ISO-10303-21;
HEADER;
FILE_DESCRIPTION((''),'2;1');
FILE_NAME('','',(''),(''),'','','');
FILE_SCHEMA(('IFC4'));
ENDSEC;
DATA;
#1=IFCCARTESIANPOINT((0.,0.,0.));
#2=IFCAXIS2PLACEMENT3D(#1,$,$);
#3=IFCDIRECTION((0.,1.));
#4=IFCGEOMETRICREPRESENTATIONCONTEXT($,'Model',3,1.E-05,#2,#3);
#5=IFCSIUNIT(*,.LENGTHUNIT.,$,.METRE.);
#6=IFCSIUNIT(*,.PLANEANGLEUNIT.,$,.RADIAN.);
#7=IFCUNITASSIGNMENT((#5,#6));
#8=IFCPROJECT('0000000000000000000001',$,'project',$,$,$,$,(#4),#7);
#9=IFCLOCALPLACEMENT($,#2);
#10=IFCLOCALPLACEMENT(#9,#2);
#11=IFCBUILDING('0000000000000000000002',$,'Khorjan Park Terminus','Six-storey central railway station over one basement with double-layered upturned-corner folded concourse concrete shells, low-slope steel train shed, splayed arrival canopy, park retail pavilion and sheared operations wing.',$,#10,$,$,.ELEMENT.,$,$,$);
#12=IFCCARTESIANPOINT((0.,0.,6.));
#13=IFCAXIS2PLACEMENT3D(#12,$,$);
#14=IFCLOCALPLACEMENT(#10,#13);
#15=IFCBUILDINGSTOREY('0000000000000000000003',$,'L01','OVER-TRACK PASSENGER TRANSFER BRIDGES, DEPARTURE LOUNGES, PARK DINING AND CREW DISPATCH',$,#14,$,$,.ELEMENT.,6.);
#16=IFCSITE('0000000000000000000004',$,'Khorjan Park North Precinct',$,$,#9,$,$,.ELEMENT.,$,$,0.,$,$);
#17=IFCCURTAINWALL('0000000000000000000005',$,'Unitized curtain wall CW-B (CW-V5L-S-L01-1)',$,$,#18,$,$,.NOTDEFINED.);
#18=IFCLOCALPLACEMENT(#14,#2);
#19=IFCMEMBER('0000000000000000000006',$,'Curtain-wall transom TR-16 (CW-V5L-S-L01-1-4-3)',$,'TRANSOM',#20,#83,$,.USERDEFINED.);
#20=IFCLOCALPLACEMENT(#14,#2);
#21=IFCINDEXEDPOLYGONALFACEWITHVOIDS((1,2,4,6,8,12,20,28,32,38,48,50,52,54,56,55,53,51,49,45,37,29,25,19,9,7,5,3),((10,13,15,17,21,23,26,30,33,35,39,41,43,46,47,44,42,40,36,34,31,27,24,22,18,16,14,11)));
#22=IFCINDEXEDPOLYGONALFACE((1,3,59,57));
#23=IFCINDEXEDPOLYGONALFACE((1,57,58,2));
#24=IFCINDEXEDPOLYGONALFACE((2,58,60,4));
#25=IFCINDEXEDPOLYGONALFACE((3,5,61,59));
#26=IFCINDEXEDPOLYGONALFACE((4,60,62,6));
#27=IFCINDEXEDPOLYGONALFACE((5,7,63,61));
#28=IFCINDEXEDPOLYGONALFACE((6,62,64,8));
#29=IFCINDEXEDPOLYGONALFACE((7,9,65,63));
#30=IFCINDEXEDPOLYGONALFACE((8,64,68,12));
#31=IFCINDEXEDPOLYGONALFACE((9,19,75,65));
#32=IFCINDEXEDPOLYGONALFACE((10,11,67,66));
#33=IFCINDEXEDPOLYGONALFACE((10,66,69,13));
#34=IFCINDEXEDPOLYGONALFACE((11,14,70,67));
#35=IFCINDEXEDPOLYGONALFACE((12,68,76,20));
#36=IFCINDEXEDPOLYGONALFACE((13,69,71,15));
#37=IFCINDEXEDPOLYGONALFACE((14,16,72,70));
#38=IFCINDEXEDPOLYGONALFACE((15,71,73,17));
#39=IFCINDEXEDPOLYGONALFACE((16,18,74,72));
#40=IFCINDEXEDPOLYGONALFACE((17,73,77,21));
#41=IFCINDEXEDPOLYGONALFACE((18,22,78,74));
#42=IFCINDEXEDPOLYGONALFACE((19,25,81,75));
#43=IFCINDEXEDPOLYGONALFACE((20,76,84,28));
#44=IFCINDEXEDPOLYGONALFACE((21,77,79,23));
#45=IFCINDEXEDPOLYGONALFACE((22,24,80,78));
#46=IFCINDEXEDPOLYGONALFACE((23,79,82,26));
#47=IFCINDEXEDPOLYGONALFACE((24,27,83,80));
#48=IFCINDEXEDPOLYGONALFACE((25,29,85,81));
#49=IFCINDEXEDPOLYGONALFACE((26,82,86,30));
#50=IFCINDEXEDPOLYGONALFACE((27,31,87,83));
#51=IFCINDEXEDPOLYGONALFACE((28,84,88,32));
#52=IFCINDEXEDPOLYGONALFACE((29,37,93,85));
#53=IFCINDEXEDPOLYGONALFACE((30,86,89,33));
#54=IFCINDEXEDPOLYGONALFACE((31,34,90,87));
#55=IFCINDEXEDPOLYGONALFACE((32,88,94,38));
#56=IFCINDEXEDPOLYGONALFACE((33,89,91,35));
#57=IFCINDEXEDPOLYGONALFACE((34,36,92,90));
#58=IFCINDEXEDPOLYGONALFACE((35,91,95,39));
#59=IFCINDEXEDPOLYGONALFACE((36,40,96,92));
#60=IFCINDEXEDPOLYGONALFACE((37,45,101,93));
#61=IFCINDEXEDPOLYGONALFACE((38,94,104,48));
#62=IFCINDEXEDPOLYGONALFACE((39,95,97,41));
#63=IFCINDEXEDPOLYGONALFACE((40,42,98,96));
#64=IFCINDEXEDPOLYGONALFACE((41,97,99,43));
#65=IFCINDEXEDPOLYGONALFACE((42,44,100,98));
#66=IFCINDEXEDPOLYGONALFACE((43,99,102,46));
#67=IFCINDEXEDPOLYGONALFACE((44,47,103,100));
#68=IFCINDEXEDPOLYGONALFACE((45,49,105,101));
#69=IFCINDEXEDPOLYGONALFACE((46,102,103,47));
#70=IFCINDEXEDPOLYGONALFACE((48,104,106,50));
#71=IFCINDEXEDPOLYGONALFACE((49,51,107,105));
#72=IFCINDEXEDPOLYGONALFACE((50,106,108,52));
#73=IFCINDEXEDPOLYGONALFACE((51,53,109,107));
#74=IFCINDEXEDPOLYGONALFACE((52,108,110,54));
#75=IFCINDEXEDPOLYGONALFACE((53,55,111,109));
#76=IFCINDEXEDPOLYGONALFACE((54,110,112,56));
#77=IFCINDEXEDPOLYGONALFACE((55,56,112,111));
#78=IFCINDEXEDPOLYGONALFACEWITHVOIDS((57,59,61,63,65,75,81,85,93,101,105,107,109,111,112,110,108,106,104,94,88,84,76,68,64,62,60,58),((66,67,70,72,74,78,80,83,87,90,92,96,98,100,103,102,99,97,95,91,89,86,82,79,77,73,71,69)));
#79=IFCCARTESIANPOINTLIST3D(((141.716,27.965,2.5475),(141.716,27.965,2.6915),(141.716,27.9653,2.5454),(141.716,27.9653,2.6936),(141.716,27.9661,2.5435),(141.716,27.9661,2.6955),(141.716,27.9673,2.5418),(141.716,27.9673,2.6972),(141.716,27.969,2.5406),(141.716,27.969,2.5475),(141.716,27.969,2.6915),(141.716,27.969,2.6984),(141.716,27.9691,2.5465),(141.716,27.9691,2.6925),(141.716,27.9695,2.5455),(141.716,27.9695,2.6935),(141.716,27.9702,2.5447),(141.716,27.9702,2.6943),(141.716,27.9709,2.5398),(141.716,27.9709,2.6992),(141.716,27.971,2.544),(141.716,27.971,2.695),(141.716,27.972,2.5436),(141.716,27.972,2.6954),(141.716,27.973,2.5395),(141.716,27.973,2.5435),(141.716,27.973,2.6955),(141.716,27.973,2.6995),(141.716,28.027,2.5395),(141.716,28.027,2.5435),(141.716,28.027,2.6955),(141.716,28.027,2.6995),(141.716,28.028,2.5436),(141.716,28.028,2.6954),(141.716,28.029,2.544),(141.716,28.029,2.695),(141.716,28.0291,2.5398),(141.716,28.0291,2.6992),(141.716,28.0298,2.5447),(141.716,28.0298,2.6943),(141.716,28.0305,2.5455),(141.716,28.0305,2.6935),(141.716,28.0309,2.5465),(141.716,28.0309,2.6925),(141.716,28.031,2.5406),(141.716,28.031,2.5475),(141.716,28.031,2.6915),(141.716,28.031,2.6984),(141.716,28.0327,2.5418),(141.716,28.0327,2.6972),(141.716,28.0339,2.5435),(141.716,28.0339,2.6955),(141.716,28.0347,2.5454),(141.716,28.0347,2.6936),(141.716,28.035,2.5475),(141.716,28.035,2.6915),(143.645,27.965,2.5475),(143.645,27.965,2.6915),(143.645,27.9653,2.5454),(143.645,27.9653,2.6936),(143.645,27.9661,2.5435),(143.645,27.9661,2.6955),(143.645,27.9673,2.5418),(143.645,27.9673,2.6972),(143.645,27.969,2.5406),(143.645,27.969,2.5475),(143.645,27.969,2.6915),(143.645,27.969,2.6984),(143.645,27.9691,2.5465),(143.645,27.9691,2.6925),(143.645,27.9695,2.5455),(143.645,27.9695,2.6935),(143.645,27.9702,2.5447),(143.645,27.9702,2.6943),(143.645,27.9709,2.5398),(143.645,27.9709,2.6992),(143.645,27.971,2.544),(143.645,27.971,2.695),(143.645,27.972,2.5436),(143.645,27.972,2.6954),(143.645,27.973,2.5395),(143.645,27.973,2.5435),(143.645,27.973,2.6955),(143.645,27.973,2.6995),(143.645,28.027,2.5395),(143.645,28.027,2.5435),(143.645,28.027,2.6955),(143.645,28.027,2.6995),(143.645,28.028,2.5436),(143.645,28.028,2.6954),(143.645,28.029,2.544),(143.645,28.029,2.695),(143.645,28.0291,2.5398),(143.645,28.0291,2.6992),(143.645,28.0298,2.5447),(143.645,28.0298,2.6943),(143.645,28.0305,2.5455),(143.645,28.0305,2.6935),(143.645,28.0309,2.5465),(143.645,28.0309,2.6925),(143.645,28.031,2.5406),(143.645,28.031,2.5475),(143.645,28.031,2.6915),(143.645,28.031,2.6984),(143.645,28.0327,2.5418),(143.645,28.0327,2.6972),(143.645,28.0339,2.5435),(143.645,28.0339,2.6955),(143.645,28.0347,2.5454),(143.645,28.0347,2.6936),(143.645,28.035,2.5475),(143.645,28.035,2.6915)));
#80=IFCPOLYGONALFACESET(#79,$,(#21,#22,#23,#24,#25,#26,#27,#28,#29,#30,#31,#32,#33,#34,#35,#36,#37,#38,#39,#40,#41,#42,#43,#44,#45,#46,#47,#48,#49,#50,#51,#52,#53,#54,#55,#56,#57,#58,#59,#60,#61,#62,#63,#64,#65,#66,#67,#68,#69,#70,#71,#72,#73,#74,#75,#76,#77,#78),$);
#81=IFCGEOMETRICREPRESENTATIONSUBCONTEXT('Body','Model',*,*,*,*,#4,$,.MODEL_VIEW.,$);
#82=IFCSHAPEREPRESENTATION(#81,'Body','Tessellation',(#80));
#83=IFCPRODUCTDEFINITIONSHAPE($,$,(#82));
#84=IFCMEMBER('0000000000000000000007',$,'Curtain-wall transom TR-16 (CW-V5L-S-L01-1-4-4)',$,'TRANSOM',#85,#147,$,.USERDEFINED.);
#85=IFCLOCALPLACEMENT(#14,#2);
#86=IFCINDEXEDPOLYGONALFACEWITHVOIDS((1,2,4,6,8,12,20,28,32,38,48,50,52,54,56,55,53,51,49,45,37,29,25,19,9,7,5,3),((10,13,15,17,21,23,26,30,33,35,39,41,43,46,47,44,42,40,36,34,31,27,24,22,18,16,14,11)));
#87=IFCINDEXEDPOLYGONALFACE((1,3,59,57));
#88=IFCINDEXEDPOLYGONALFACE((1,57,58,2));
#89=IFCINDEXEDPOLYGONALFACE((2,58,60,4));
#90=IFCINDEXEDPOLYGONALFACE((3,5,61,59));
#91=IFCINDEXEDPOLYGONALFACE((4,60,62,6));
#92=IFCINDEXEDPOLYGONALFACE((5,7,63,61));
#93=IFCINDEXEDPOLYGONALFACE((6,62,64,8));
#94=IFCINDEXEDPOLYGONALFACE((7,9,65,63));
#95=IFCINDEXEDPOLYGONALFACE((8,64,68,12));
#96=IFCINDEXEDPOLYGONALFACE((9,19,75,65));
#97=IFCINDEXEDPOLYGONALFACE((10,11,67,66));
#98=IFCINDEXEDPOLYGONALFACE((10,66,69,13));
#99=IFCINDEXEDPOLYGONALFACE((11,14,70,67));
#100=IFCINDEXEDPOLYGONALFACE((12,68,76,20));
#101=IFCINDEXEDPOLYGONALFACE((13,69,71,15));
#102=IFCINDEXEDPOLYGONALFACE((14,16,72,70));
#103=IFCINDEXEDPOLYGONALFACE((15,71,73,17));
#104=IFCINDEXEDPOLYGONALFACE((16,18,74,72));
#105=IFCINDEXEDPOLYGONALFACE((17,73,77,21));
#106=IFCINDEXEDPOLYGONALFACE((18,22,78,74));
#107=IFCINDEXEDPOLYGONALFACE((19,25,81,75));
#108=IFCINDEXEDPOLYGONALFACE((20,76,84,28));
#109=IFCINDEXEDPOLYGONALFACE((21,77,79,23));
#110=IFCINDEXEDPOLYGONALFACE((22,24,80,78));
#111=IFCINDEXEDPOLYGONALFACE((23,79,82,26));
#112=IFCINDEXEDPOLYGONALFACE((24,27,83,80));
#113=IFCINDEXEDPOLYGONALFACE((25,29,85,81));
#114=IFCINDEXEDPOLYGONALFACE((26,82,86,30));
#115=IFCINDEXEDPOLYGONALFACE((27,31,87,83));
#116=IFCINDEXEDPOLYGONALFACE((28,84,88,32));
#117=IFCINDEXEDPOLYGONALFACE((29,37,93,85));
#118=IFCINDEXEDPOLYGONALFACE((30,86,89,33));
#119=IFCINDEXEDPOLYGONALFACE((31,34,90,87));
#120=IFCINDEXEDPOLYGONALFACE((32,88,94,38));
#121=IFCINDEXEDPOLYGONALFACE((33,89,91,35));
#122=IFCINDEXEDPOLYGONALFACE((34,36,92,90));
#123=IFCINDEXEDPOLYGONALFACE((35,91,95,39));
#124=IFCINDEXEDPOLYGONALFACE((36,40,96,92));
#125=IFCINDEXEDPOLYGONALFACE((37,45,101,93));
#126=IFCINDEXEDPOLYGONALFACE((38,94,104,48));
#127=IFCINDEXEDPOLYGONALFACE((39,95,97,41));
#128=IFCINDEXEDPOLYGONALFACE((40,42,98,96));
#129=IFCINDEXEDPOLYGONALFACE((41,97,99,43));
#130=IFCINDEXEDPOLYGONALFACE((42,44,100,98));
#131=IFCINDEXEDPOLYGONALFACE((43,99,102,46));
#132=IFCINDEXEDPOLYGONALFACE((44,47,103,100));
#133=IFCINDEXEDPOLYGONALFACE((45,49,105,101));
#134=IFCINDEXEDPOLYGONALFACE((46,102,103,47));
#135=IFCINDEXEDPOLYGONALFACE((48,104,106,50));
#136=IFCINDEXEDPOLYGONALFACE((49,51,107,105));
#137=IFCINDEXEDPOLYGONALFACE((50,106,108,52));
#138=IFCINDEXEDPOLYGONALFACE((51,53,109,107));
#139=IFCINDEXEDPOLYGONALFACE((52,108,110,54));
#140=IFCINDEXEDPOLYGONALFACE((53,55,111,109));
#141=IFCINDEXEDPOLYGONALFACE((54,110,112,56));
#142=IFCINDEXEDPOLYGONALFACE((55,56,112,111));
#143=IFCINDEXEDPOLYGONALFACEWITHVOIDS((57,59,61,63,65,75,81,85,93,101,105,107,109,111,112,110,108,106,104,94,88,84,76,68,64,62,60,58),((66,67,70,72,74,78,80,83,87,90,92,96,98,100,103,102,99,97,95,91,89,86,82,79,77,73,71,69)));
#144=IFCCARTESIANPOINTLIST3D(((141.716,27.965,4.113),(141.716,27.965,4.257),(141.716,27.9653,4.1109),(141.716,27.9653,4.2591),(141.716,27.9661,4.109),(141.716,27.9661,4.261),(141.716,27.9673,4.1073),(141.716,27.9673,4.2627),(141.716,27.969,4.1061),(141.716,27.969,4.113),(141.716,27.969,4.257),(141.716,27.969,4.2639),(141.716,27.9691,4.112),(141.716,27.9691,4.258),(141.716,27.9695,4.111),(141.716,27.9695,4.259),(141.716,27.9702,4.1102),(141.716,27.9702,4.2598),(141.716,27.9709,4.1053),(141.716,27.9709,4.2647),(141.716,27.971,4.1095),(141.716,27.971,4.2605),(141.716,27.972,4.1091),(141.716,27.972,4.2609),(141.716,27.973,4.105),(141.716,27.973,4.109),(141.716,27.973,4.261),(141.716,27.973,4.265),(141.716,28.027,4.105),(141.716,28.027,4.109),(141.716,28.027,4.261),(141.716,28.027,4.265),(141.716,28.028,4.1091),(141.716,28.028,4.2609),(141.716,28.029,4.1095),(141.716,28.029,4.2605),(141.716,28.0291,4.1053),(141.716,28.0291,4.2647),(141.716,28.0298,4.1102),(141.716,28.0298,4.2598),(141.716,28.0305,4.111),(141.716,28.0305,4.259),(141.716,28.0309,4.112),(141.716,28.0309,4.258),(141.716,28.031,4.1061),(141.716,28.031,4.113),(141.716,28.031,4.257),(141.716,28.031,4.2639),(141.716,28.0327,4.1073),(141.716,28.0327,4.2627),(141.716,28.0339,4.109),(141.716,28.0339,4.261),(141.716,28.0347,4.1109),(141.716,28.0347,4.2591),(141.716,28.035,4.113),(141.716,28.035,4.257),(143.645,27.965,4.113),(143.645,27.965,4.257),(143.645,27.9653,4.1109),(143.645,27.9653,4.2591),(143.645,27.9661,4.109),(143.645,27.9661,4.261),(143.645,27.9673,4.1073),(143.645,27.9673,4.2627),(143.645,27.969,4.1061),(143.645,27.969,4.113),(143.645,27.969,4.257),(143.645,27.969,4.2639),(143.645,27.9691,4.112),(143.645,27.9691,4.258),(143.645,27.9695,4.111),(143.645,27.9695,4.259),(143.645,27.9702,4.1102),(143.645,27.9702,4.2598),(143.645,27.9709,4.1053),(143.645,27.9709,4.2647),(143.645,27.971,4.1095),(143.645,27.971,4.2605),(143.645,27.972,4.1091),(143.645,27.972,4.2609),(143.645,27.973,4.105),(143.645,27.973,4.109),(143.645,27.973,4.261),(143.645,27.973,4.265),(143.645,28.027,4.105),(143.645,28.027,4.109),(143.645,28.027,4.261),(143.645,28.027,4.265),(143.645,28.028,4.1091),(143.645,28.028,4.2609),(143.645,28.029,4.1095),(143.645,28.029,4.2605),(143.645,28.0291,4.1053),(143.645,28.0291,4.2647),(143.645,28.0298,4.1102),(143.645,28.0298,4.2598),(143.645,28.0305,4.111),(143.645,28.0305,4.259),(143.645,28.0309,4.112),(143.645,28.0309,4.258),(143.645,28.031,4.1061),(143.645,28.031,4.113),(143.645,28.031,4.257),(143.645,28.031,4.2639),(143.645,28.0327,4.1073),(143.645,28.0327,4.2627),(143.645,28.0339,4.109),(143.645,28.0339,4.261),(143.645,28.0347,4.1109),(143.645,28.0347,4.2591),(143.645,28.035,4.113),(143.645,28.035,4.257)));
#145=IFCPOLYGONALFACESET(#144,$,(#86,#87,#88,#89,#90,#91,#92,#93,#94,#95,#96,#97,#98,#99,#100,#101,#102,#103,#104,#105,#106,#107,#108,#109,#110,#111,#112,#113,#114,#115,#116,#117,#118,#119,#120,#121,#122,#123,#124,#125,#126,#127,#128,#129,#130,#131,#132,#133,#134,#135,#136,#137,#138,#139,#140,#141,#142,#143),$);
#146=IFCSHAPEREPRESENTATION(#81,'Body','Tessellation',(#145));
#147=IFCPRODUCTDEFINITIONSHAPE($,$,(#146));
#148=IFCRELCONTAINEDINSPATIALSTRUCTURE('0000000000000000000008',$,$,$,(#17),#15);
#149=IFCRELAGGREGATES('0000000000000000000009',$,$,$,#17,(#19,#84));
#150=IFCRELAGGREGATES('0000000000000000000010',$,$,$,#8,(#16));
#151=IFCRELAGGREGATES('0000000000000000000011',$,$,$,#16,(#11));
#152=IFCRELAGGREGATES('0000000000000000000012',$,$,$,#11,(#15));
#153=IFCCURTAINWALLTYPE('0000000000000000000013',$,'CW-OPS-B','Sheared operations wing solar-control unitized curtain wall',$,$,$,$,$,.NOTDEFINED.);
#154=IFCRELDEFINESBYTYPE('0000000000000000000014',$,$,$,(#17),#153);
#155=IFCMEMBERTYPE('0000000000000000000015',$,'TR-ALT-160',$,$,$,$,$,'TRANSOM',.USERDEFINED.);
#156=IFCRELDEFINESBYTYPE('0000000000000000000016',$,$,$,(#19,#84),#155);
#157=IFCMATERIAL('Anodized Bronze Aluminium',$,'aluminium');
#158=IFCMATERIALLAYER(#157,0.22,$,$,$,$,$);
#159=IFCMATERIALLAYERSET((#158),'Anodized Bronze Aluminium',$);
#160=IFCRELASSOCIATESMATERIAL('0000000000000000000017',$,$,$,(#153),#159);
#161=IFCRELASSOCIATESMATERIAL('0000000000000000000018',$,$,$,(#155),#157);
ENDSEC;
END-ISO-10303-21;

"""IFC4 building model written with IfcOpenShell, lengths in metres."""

from ifc_helpers import new_model, si_unit, direction, frame, origin, origin_2d, place, context, subcontext, project, spatial, hollow_rectangle, extrude, material, layer, layer_set, material_profile, profile_set, type_object, element, aggregate, save


model = new_model("IFC4")

# Units and contexts
model_context = context("Model", 3, precision=1e-05, world=origin(), true_north=direction((0.0, 1.0)))
body_context = subcontext(model_context, "Body", "Model", "MODEL_VIEW")
ifc_project = project(units=[si_unit("LENGTHUNIT", "METRE"), si_unit("PLANEANGLEUNIT", "RADIAN")], contexts=[model_context])

# Site, building, storey
site_placement = place(None, origin())
site = spatial("IfcSite", under=ifc_project, at=site_placement, Name="Khorjan Park North Precinct", CompositionType="ELEMENT", RefElevation=0.0)
building_placement = place(site_placement, origin())
building = spatial("IfcBuilding", under=site, at=building_placement, Name="Khorjan Park Terminus", Description="Six-storey central railway station over one basement with double-layered upturned-corner folded concourse concrete shells, low-slope steel train shed, splayed arrival canopy, park retail pavilion and sheared operations wing.", CompositionType="ELEMENT")
storey_placement = place(building_placement, frame((0.0, 0.0, 6.0)))
storey = spatial("IfcBuildingStorey", under=building, at=storey_placement, Name="L01", Description="OVER-TRACK PASSENGER TRANSFER BRIDGES, DEPARTURE LOUNGES, PARK DINING AND CREW DISPATCH", CompositionType="ELEMENT", Elevation=6.0)

# Curtain wall
ifc_material_1 = material(Name="Anodized Bronze Aluminium", Category="aluminium")
ifc_layer_1 = layer(ifc_material_1, 0.22)
ifc_layer_set_1 = layer_set([ifc_layer_1], Name="Anodized Bronze Aluminium")
curtain_wall_type = type_object("IfcCurtainWallType", Name="CW-OPS-B", Description="Sheared operations wing solar-control unitized curtain wall", PredefinedType="NOTDEFINED", material=ifc_layer_set_1)
curtain_wall_1_placement = place(storey_placement, origin())
curtain_wall_1 = element("IfcCurtainWall", 1, at=curtain_wall_1_placement, inside=storey, type_object=curtain_wall_type, Name="Unitized curtain wall CW-B (CW-V5L-S-L01-1)", PredefinedType="NOTDEFINED")

# Members
ifc_material_profile_1 = material_profile(ifc_material_1, hollow_rectangle(XDim=0.07, YDim=0.16, WallThickness=0.004, InnerFilletRadius=0.004, OuterFilletRadius=0.008, at=origin_2d()), Name="ALT 70x160x4")
ifc_profile_set_1 = profile_set([ifc_material_profile_1], Name="Anodized Bronze Aluminium")
member_type_1 = type_object("IfcMemberType", Name="TR-ALT-160", ElementType="TRANSOM", PredefinedType="USERDEFINED", material=ifc_profile_set_1)
member_1_placement = place(storey_placement, frame((141.716, 28.0, 2.6195), z_axis=(1.0, 0.0, 0.0), x_axis=(0.0, 1.0, 0.0)))
member_1 = element("IfcMember", 2, at=member_1_placement, type_object=member_type_1, Name="Curtain-wall transom TR-16 (CW-V5L-S-L01-1-4-3)", ObjectType="TRANSOM", PredefinedType="USERDEFINED", context=body_context, shape_type="SweptSolid", body=[
    extrude(hollow_rectangle(XDim=0.07, YDim=0.16, WallThickness=0.004, InnerFilletRadius=0.004, OuterFilletRadius=0.008, at=origin_2d()), origin(), (0.0, 0.0, 1.0), 1.929),
])
member_2_placement = place(storey_placement, frame((141.716, 28.0, 4.185), z_axis=(1.0, 0.0, 0.0), x_axis=(0.0, 1.0, 0.0)))
member_2 = element("IfcMember", 3, at=member_2_placement, type_object=member_type_1, Name="Curtain-wall transom TR-16 (CW-V5L-S-L01-1-4-4)", ObjectType="TRANSOM", PredefinedType="USERDEFINED", context=body_context, shape_type="SweptSolid", body=[
    extrude(hollow_rectangle(XDim=0.07, YDim=0.16, WallThickness=0.004, InnerFilletRadius=0.004, OuterFilletRadius=0.008, at=origin_2d()), origin(), (0.0, 0.0, 1.0), 1.929),
])

aggregate(curtain_wall_1, [member_1, member_2])

save(model, "model.ifc")
